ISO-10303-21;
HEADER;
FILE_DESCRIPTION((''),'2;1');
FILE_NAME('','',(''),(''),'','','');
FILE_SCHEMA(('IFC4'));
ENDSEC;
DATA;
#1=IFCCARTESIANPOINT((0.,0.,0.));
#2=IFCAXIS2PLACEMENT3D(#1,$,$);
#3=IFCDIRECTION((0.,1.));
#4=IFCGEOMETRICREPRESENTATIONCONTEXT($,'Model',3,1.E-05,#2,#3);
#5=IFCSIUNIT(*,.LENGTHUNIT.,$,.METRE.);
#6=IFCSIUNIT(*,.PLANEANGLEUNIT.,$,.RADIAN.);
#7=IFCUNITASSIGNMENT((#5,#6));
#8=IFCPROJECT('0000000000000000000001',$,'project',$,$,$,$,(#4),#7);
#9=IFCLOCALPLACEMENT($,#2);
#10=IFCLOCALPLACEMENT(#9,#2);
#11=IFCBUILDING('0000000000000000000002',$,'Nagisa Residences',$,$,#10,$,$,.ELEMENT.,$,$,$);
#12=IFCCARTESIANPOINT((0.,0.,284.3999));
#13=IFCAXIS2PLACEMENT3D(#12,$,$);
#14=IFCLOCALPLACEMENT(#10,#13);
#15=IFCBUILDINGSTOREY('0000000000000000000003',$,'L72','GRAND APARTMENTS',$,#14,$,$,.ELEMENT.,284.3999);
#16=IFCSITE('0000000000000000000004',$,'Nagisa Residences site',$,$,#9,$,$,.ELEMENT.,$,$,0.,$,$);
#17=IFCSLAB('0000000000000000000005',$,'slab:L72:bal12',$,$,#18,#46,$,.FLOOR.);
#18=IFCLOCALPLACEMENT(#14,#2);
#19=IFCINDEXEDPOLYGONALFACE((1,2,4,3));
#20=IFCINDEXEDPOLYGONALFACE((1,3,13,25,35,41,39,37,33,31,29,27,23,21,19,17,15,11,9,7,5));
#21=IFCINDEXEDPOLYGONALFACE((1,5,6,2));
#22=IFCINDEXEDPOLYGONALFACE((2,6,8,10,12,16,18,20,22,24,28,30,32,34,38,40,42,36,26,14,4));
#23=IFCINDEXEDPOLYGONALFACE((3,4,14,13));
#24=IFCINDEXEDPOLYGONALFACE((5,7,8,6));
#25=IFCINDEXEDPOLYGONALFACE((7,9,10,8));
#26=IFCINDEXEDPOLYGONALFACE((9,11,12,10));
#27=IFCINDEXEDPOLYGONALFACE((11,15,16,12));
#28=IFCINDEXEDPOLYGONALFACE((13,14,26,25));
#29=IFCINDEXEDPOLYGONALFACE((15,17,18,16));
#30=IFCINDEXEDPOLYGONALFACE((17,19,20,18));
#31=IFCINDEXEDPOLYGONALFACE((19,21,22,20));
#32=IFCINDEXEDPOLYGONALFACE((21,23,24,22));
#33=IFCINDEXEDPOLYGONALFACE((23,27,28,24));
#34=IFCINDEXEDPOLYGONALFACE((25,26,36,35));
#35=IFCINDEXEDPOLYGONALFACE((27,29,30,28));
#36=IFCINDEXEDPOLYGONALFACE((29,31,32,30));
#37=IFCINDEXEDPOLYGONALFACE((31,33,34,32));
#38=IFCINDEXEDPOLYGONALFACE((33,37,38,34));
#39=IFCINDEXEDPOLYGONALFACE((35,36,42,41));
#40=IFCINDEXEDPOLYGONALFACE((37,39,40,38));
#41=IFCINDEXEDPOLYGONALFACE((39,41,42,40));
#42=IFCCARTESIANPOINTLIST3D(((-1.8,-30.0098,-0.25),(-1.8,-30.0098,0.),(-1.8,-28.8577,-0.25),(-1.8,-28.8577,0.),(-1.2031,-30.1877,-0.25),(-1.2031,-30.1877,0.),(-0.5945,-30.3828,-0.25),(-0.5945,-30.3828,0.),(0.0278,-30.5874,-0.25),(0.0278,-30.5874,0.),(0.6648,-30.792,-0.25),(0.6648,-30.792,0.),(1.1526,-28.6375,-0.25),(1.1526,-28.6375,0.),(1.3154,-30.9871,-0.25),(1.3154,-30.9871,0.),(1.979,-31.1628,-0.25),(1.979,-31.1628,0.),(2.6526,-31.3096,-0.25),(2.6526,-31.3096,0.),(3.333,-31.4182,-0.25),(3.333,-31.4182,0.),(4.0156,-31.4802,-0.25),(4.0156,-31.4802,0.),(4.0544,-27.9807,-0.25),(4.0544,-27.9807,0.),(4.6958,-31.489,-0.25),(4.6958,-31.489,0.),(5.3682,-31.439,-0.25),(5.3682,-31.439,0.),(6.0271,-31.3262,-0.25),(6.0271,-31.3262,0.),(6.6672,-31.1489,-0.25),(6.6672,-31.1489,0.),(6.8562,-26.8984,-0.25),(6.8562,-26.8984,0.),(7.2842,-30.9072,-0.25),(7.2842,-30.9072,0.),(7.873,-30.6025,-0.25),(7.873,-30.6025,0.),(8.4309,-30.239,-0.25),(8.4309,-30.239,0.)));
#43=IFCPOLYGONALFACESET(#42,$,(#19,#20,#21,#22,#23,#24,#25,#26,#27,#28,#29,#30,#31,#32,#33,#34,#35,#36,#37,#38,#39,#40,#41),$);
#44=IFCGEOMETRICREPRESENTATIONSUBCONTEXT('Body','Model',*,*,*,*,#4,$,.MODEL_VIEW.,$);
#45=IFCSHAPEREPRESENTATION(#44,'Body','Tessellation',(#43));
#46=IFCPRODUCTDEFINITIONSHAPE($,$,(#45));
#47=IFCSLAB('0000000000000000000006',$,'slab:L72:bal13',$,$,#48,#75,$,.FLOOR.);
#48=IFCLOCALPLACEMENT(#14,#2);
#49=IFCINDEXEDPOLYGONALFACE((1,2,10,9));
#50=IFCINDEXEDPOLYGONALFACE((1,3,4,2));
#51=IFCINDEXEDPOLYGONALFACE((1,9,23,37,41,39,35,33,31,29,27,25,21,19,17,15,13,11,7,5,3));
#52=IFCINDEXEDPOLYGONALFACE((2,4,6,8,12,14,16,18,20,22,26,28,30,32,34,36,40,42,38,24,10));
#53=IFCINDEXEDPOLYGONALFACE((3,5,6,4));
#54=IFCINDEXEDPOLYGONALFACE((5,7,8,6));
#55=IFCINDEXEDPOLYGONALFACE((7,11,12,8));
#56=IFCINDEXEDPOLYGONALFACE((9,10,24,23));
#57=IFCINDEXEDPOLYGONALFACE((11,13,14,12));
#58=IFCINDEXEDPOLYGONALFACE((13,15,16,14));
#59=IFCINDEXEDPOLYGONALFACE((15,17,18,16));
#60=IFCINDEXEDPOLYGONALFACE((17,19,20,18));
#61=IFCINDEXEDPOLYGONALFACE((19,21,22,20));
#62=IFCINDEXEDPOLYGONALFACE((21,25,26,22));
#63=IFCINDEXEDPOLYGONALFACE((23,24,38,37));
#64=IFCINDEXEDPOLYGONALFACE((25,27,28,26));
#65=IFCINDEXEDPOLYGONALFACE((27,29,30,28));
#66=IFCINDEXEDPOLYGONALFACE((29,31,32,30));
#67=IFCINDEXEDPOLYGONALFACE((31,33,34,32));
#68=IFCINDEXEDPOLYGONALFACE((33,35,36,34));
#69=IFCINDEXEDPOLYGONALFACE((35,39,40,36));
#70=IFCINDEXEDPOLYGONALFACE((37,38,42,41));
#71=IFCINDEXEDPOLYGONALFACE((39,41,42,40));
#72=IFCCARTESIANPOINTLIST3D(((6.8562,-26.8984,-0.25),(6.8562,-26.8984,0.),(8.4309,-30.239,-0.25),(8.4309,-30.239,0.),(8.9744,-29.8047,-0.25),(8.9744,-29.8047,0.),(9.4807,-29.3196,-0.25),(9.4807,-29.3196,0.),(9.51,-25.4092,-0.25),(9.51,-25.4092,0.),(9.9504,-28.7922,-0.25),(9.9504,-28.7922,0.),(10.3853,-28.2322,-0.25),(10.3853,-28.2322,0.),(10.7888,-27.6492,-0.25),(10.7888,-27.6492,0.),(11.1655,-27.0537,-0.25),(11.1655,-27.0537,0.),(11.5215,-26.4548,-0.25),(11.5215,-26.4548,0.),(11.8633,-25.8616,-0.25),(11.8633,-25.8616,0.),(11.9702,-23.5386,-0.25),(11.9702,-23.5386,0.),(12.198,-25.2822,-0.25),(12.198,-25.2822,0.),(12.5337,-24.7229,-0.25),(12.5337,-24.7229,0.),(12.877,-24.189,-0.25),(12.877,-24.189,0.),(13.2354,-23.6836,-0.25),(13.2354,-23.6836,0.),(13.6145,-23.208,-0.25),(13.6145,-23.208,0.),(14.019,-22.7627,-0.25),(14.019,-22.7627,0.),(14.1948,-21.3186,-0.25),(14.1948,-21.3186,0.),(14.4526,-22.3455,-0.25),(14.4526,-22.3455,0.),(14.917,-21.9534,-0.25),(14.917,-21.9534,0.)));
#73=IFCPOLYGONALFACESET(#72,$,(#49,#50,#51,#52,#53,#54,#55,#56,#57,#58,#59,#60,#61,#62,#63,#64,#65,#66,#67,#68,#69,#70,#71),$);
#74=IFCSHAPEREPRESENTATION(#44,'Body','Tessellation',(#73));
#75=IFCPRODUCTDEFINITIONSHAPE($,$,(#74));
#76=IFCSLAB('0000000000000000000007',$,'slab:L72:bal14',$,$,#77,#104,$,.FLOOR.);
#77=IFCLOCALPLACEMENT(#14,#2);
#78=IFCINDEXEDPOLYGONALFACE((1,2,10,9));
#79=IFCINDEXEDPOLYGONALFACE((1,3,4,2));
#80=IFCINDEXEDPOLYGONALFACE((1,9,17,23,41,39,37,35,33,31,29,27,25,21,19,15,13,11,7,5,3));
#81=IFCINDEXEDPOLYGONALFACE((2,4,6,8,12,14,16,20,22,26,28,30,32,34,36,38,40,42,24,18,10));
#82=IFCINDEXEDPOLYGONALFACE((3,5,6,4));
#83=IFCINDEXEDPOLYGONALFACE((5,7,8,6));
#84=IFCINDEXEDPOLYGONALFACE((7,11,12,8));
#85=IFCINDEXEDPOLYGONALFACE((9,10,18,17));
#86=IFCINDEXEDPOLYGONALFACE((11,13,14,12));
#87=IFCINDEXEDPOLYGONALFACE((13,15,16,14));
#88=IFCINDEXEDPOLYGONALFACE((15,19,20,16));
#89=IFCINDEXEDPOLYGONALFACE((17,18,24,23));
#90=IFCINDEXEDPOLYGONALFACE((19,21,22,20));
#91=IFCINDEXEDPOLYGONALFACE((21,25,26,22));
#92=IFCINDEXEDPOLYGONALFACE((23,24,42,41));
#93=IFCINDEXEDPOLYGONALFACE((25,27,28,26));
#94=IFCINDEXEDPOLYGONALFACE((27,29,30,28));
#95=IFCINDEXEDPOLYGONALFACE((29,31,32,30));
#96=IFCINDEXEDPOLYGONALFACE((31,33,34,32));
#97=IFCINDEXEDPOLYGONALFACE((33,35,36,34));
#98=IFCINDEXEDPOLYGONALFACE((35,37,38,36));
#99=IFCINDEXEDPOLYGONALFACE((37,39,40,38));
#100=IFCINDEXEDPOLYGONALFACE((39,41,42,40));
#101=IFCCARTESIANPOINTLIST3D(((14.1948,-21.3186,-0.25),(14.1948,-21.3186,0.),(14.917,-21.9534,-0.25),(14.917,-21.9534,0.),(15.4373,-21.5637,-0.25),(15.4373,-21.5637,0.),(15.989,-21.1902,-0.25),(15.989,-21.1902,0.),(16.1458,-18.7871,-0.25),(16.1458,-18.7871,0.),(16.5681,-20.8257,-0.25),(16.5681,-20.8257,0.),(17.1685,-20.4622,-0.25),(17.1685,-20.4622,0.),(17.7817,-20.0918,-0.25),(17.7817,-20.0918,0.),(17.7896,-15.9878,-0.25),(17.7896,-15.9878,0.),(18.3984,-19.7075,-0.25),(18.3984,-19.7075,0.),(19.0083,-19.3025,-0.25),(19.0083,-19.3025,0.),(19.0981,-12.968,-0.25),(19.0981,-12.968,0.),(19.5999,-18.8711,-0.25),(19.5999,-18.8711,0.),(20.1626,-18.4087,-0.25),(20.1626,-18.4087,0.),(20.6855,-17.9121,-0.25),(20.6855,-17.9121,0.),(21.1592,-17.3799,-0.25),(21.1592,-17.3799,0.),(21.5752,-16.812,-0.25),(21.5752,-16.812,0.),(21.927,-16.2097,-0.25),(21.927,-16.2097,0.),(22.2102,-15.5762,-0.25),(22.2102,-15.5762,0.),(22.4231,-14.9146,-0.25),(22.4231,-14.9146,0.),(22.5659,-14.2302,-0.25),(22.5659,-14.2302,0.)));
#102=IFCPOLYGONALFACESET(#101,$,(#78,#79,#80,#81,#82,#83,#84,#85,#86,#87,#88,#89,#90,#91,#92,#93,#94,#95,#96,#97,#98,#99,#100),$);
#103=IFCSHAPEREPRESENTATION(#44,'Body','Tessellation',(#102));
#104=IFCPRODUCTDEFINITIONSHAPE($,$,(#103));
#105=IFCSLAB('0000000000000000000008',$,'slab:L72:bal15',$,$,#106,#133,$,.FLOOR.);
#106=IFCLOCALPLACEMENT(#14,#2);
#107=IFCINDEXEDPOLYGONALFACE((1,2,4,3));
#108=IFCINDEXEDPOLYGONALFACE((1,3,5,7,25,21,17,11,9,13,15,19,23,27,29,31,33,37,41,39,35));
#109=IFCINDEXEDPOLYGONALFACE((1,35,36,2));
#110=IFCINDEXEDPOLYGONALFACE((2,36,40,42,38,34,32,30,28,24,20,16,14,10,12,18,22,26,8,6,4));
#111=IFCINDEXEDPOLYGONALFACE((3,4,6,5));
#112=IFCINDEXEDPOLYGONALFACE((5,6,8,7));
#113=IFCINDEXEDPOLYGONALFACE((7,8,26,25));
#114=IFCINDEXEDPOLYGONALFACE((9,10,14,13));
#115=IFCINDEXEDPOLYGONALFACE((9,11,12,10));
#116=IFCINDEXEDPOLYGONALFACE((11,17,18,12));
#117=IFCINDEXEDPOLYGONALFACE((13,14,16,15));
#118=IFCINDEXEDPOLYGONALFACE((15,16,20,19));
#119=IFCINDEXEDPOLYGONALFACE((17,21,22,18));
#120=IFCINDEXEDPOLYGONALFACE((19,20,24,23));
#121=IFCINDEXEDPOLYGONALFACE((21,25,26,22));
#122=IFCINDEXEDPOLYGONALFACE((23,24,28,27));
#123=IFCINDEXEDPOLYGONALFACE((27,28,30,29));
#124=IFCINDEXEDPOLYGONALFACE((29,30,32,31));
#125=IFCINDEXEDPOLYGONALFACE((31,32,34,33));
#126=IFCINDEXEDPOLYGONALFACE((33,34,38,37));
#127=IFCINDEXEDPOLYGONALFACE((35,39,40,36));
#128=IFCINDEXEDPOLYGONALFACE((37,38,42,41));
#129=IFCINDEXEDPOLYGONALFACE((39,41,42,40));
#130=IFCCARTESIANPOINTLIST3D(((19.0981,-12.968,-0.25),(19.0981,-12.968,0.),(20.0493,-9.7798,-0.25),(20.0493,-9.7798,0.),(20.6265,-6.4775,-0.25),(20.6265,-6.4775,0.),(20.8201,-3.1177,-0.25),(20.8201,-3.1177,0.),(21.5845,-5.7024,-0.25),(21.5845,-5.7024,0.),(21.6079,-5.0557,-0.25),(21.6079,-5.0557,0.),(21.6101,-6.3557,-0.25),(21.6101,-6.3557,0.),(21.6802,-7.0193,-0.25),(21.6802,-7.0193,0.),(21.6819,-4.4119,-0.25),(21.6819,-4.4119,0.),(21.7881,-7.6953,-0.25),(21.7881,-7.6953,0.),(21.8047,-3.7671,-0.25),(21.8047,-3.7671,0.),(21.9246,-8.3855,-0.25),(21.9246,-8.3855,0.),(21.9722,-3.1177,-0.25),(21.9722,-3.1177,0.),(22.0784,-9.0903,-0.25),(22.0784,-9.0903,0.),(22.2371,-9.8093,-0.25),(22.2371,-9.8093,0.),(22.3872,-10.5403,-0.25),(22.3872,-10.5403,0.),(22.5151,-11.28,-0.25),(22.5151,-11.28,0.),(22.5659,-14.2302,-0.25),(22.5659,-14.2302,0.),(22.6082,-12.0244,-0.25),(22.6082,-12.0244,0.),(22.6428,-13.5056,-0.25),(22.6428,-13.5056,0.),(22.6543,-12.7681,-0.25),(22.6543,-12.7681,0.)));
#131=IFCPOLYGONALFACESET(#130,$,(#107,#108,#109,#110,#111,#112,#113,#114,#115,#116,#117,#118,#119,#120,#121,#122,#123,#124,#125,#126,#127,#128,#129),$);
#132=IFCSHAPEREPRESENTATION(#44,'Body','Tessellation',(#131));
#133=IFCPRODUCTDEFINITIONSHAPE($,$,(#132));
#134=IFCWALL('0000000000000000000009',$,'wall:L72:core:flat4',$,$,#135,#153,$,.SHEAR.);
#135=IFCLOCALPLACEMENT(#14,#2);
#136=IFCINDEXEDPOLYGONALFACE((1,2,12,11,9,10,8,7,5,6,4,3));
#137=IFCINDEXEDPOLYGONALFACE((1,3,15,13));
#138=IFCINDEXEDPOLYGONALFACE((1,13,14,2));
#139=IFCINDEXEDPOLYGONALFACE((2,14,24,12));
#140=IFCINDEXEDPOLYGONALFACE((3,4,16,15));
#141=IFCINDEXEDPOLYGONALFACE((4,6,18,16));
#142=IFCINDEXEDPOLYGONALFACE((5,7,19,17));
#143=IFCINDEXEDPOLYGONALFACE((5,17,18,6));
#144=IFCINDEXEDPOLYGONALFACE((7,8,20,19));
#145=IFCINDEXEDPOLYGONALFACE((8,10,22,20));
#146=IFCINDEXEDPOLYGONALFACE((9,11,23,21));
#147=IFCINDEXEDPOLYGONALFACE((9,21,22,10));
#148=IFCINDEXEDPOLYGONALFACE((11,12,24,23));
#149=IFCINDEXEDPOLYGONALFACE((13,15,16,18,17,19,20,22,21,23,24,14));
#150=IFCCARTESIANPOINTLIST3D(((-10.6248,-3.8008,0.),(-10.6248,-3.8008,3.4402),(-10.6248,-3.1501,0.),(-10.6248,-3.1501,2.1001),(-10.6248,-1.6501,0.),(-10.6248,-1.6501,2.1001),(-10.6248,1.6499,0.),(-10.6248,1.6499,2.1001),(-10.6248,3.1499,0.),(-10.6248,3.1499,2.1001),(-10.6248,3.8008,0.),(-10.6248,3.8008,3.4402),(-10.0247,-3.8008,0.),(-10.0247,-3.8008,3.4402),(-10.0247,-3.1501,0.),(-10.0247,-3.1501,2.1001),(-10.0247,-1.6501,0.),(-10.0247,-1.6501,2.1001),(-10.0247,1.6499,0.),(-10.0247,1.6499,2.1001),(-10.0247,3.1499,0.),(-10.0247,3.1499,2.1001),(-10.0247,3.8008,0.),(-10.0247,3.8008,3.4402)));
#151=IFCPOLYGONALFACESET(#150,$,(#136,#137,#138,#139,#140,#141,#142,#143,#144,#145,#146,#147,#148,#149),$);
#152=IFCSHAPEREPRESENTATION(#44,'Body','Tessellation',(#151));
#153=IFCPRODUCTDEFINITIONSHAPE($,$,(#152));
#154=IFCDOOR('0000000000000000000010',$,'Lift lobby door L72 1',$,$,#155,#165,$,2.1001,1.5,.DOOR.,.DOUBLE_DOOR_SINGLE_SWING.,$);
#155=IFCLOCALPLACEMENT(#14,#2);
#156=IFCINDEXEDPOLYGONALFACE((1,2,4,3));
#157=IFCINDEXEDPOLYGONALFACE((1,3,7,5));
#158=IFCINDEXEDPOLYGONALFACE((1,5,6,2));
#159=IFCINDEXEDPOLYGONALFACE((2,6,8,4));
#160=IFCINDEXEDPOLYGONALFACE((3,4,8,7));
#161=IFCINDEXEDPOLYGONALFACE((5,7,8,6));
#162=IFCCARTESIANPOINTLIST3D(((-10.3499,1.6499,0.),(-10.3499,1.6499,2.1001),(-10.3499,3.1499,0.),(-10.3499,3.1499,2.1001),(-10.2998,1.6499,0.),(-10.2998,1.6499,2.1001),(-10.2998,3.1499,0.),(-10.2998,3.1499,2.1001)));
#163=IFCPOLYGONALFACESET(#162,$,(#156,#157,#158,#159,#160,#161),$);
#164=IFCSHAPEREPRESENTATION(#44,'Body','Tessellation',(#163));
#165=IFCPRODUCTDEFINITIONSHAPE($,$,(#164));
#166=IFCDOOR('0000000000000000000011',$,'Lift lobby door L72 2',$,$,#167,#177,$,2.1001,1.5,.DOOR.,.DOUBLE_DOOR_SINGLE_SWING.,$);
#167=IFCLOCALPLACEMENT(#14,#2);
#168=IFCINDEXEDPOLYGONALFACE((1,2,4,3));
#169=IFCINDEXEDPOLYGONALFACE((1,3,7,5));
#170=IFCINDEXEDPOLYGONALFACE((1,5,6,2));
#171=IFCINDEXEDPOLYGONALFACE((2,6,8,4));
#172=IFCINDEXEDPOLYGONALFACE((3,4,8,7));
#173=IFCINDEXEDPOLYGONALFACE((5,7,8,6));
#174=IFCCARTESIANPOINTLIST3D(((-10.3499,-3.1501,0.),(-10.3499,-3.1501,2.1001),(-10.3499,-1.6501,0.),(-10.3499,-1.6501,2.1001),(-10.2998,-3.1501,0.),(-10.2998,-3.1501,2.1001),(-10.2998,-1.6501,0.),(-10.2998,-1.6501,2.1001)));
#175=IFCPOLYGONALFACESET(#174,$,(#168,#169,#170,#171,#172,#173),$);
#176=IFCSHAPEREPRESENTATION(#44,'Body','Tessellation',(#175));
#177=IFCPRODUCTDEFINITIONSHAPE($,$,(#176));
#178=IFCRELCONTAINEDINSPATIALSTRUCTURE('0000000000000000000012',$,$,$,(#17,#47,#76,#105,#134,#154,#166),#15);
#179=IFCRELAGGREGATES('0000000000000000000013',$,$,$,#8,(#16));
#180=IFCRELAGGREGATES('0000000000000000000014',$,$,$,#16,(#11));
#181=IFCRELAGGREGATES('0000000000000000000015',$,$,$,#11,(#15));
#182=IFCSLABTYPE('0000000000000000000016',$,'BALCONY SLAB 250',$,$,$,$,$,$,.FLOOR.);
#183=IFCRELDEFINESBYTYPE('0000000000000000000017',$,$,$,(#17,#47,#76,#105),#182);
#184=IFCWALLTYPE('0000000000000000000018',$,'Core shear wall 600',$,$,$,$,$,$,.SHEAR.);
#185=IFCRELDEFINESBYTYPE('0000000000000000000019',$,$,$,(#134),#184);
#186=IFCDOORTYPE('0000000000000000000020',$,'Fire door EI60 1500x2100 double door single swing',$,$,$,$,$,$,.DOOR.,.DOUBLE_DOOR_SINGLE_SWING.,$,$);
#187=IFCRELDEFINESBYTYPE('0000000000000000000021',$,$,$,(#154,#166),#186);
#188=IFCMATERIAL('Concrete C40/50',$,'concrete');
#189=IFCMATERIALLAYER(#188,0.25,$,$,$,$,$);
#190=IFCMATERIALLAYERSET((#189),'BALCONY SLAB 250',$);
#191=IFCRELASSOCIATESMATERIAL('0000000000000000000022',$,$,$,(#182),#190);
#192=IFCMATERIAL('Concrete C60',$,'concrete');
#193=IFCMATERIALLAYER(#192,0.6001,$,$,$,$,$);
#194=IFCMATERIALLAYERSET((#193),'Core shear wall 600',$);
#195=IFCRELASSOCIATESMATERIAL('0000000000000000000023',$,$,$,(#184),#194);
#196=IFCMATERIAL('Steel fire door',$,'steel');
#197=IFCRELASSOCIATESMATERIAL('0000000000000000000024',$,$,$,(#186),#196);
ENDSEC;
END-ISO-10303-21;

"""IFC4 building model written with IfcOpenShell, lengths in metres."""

from ifc_helpers import new_model, si_unit, direction, frame, frame_2d, origin, place, context, subcontext, project, spatial, polyline, rectangle, outline, extrude, material, layer, layer_set, type_object, element, fill, save


model = new_model("IFC4")

# Units and contexts
model_context = context("Model", 3, precision=1e-05, world=origin(), true_north=direction((0.0, 1.0)))
body_context = subcontext(model_context, "Body", "Model", "MODEL_VIEW")
ifc_project = project(units=[si_unit("LENGTHUNIT", "METRE"), si_unit("PLANEANGLEUNIT", "RADIAN")], contexts=[model_context])

# Site, building, storey
site_placement = place(None, origin())
site = spatial("IfcSite", under=ifc_project, at=site_placement, Name="Nagisa Residences site", CompositionType="ELEMENT", RefElevation=0.0)
building_placement = place(site_placement, origin())
building = spatial("IfcBuilding", under=site, at=building_placement, Name="Nagisa Residences", CompositionType="ELEMENT")
storey_placement = place(building_placement, frame((0.0, 0.0, 284.3999)))
storey = spatial("IfcBuildingStorey", under=building, at=storey_placement, Name="L72", Description="GRAND APARTMENTS", CompositionType="ELEMENT", Elevation=284.3999)

# Slabs
ifc_material_1 = material(Name="Concrete C40/50", Category="concrete")
ifc_layer_1 = layer(ifc_material_1, 0.25)
ifc_layer_set_1 = layer_set([ifc_layer_1], Name="BALCONY SLAB 250")
slab_type = type_object("IfcSlabType", Name="BALCONY SLAB 250", PredefinedType="FLOOR", material=ifc_layer_set_1)
slab_1_placement = place(storey_placement, frame((0.0, 0.0, -0.25)))
element("IfcSlab", 1, at=slab_1_placement, inside=storey, type_object=slab_type, Name="slab:L72:bal12", PredefinedType="FLOOR", context=body_context, shape_type="SweptSolid", body=[
    extrude(outline(polyline([(-1.8, -30.0098), (-1.2031, -30.1877), (-0.5945, -30.3828), (0.0278, -30.5874), (0.6648, -30.792), (1.3154, -30.9871), (1.979, -31.1628), (2.6526, -31.3096), (3.333, -31.4182), (4.0156, -31.4802), (4.6958, -31.489), (5.3682, -31.439), (6.0271, -31.3262), (6.6672, -31.1489), (7.2842, -30.9072), (7.873, -30.6025), (8.4309, -30.239), (6.8562, -26.8984), (4.0544, -27.9807), (1.1526, -28.6375), (-1.8, -28.8577), (-1.8, -30.0098)])), origin(), (0.0, 0.0, 1.0), 0.25),
])
slab_2_placement = place(storey_placement, frame((0.0, 0.0, -0.25)))
element("IfcSlab", 2, at=slab_2_placement, inside=storey, type_object=slab_type, Name="slab:L72:bal13", PredefinedType="FLOOR", context=body_context, shape_type="SweptSolid", body=[
    extrude(outline(polyline([(8.4309, -30.239), (8.9744, -29.8047), (9.4807, -29.3196), (9.9504, -28.7922), (10.3853, -28.2322), (10.7888, -27.6492), (11.1655, -27.0537), (11.5215, -26.4548), (11.8633, -25.8616), (12.198, -25.2822), (12.5337, -24.7229), (12.877, -24.189), (13.2354, -23.6836), (13.6145, -23.208), (14.019, -22.7627), (14.4526, -22.3455), (14.917, -21.9534), (14.1948, -21.3186), (11.9702, -23.5386), (9.51, -25.4092), (6.8562, -26.8984), (8.4309, -30.239)])), origin(), (0.0, 0.0, 1.0), 0.25),
])
slab_3_placement = place(storey_placement, frame((0.0, 0.0, -0.25)))
element("IfcSlab", 3, at=slab_3_placement, inside=storey, type_object=slab_type, Name="slab:L72:bal14", PredefinedType="FLOOR", context=body_context, shape_type="SweptSolid", body=[
    extrude(outline(polyline([(14.917, -21.9534), (15.4373, -21.5637), (15.989, -21.1902), (16.5681, -20.8257), (17.1685, -20.4622), (17.7817, -20.0918), (18.3984, -19.7075), (19.0083, -19.3025), (19.5999, -18.8711), (20.1626, -18.4087), (20.6855, -17.9121), (21.1592, -17.3799), (21.5752, -16.812), (21.927, -16.2097), (22.2102, -15.5762), (22.4231, -14.9146), (22.5659, -14.2302), (19.0981, -12.968), (17.7896, -15.9878), (16.1458, -18.7871), (14.1948, -21.3186), (14.917, -21.9534)])), origin(), (0.0, 0.0, 1.0), 0.25),
])
slab_4_placement = place(storey_placement, frame((0.0, 0.0, -0.25)))
element("IfcSlab", 4, at=slab_4_placement, inside=storey, type_object=slab_type, Name="slab:L72:bal15", PredefinedType="FLOOR", context=body_context, shape_type="SweptSolid", body=[
    extrude(outline(polyline([(22.5659, -14.2302), (22.6428, -13.5056), (22.6543, -12.7681), (22.6082, -12.0244), (22.5151, -11.28), (22.3872, -10.5403), (22.2371, -9.8093), (22.0784, -9.0903), (21.9246, -8.3855), (21.7881, -7.6953), (21.6802, -7.0193), (21.6101, -6.3557), (21.5845, -5.7024), (21.6079, -5.0557), (21.6819, -4.4119), (21.8047, -3.7671), (21.9722, -3.1177), (20.8201, -3.1177), (20.6265, -6.4775), (20.0493, -9.7798), (19.0981, -12.968), (22.5659, -14.2302)])), origin(), (0.0, 0.0, 1.0), 0.25),
])

# Wall, openings, doors
ifc_material_2 = material(Name="Concrete C60", Category="concrete")
ifc_layer_2 = layer(ifc_material_2, 0.6001)
ifc_layer_set_2 = layer_set([ifc_layer_2], Name="Core shear wall 600")
wall_type_1 = type_object("IfcWallType", Name="Core shear wall 600", PredefinedType="SHEAR", material=ifc_layer_set_2)
wall_1_placement = place(storey_placement, frame((-10.3247, 3.8008, 0.0), z_axis=(0.0, 0.0, 1.0), x_axis=(0.0, -1.0, 0.0)))
wall_1 = element("IfcWall", 5, at=wall_1_placement, inside=storey, type_object=wall_type_1, Name="wall:L72:core:flat4", PredefinedType="SHEAR", context=body_context, shape_type="SweptSolid", body=[
    extrude(rectangle(XDim=7.6016, YDim=0.6001, at=frame_2d((3.8008, 0.0))), origin(), (0.0, 0.0, 1.0), 3.4402),
])
opening_1_placement = place(wall_1_placement, frame((0.6509, 0.0, 0.0)))
opening_1 = element("IfcOpeningElement", 6, at=opening_1_placement, cuts=wall_1, PredefinedType="OPENING", context=body_context, shape_type="SweptSolid", body=[
    extrude(rectangle(XDim=1.5, YDim=2.1001, at=frame_2d((0.75, 1.05))), frame((0.0, 0.3101, 0.0), z_axis=(0.0, -1.0, 0.0), x_axis=(1.0, 0.0, 0.0)), (0.0, 0.0, 1.0), 0.6201),
])
opening_2_placement = place(wall_1_placement, frame((5.4509, 0.0, 0.0)))
opening_2 = element("IfcOpeningElement", 7, at=opening_2_placement, cuts=wall_1, PredefinedType="OPENING", context=body_context, shape_type="SweptSolid", body=[
    extrude(rectangle(XDim=1.5, YDim=2.1001, at=frame_2d((0.75, 1.05))), frame((0.0, 0.3101, 0.0), z_axis=(0.0, -1.0, 0.0), x_axis=(1.0, 0.0, 0.0)), (0.0, 0.0, 1.0), 0.6201),
])
ifc_material_3 = material(Name="Steel fire door", Category="steel")
door_type_1 = type_object("IfcDoorType", Name="Fire door EI60 1500x2100 double door single swing", OperationType="DOUBLE_DOOR_SINGLE_SWING", PredefinedType="DOOR", material=ifc_material_3)
door_1_placement = place(opening_1_placement, origin())
door_1 = element("IfcDoor", 8, at=door_1_placement, inside=storey, type_object=door_type_1, Name="Lift lobby door L72 1", OperationType="DOUBLE_DOOR_SINGLE_SWING", OverallHeight=2.1001, OverallWidth=1.5, PredefinedType="DOOR", context=body_context, shape_type="SweptSolid", body=[
    extrude(rectangle(XDim=1.5, YDim=2.1001, at=frame_2d((0.75, 1.05))), frame((0.0, 0.0249, 0.0), z_axis=(0.0, -1.0, 0.0), x_axis=(1.0, 0.0, 0.0)), (0.0, 0.0, 1.0), 0.05),
])
fill(opening_1, door_1)
door_2_placement = place(opening_2_placement, origin())
door_2 = element("IfcDoor", 9, at=door_2_placement, inside=storey, type_object=door_type_1, Name="Lift lobby door L72 2", OperationType="DOUBLE_DOOR_SINGLE_SWING", OverallHeight=2.1001, OverallWidth=1.5, PredefinedType="DOOR", context=body_context, shape_type="SweptSolid", body=[
    extrude(rectangle(XDim=1.5, YDim=2.1001, at=frame_2d((0.75, 1.05))), frame((0.0, 0.0249, 0.0), z_axis=(0.0, -1.0, 0.0), x_axis=(1.0, 0.0, 0.0)), (0.0, 0.0, 1.0), 0.05),
])
fill(opening_2, door_2)

save(model, "model.ifc")
